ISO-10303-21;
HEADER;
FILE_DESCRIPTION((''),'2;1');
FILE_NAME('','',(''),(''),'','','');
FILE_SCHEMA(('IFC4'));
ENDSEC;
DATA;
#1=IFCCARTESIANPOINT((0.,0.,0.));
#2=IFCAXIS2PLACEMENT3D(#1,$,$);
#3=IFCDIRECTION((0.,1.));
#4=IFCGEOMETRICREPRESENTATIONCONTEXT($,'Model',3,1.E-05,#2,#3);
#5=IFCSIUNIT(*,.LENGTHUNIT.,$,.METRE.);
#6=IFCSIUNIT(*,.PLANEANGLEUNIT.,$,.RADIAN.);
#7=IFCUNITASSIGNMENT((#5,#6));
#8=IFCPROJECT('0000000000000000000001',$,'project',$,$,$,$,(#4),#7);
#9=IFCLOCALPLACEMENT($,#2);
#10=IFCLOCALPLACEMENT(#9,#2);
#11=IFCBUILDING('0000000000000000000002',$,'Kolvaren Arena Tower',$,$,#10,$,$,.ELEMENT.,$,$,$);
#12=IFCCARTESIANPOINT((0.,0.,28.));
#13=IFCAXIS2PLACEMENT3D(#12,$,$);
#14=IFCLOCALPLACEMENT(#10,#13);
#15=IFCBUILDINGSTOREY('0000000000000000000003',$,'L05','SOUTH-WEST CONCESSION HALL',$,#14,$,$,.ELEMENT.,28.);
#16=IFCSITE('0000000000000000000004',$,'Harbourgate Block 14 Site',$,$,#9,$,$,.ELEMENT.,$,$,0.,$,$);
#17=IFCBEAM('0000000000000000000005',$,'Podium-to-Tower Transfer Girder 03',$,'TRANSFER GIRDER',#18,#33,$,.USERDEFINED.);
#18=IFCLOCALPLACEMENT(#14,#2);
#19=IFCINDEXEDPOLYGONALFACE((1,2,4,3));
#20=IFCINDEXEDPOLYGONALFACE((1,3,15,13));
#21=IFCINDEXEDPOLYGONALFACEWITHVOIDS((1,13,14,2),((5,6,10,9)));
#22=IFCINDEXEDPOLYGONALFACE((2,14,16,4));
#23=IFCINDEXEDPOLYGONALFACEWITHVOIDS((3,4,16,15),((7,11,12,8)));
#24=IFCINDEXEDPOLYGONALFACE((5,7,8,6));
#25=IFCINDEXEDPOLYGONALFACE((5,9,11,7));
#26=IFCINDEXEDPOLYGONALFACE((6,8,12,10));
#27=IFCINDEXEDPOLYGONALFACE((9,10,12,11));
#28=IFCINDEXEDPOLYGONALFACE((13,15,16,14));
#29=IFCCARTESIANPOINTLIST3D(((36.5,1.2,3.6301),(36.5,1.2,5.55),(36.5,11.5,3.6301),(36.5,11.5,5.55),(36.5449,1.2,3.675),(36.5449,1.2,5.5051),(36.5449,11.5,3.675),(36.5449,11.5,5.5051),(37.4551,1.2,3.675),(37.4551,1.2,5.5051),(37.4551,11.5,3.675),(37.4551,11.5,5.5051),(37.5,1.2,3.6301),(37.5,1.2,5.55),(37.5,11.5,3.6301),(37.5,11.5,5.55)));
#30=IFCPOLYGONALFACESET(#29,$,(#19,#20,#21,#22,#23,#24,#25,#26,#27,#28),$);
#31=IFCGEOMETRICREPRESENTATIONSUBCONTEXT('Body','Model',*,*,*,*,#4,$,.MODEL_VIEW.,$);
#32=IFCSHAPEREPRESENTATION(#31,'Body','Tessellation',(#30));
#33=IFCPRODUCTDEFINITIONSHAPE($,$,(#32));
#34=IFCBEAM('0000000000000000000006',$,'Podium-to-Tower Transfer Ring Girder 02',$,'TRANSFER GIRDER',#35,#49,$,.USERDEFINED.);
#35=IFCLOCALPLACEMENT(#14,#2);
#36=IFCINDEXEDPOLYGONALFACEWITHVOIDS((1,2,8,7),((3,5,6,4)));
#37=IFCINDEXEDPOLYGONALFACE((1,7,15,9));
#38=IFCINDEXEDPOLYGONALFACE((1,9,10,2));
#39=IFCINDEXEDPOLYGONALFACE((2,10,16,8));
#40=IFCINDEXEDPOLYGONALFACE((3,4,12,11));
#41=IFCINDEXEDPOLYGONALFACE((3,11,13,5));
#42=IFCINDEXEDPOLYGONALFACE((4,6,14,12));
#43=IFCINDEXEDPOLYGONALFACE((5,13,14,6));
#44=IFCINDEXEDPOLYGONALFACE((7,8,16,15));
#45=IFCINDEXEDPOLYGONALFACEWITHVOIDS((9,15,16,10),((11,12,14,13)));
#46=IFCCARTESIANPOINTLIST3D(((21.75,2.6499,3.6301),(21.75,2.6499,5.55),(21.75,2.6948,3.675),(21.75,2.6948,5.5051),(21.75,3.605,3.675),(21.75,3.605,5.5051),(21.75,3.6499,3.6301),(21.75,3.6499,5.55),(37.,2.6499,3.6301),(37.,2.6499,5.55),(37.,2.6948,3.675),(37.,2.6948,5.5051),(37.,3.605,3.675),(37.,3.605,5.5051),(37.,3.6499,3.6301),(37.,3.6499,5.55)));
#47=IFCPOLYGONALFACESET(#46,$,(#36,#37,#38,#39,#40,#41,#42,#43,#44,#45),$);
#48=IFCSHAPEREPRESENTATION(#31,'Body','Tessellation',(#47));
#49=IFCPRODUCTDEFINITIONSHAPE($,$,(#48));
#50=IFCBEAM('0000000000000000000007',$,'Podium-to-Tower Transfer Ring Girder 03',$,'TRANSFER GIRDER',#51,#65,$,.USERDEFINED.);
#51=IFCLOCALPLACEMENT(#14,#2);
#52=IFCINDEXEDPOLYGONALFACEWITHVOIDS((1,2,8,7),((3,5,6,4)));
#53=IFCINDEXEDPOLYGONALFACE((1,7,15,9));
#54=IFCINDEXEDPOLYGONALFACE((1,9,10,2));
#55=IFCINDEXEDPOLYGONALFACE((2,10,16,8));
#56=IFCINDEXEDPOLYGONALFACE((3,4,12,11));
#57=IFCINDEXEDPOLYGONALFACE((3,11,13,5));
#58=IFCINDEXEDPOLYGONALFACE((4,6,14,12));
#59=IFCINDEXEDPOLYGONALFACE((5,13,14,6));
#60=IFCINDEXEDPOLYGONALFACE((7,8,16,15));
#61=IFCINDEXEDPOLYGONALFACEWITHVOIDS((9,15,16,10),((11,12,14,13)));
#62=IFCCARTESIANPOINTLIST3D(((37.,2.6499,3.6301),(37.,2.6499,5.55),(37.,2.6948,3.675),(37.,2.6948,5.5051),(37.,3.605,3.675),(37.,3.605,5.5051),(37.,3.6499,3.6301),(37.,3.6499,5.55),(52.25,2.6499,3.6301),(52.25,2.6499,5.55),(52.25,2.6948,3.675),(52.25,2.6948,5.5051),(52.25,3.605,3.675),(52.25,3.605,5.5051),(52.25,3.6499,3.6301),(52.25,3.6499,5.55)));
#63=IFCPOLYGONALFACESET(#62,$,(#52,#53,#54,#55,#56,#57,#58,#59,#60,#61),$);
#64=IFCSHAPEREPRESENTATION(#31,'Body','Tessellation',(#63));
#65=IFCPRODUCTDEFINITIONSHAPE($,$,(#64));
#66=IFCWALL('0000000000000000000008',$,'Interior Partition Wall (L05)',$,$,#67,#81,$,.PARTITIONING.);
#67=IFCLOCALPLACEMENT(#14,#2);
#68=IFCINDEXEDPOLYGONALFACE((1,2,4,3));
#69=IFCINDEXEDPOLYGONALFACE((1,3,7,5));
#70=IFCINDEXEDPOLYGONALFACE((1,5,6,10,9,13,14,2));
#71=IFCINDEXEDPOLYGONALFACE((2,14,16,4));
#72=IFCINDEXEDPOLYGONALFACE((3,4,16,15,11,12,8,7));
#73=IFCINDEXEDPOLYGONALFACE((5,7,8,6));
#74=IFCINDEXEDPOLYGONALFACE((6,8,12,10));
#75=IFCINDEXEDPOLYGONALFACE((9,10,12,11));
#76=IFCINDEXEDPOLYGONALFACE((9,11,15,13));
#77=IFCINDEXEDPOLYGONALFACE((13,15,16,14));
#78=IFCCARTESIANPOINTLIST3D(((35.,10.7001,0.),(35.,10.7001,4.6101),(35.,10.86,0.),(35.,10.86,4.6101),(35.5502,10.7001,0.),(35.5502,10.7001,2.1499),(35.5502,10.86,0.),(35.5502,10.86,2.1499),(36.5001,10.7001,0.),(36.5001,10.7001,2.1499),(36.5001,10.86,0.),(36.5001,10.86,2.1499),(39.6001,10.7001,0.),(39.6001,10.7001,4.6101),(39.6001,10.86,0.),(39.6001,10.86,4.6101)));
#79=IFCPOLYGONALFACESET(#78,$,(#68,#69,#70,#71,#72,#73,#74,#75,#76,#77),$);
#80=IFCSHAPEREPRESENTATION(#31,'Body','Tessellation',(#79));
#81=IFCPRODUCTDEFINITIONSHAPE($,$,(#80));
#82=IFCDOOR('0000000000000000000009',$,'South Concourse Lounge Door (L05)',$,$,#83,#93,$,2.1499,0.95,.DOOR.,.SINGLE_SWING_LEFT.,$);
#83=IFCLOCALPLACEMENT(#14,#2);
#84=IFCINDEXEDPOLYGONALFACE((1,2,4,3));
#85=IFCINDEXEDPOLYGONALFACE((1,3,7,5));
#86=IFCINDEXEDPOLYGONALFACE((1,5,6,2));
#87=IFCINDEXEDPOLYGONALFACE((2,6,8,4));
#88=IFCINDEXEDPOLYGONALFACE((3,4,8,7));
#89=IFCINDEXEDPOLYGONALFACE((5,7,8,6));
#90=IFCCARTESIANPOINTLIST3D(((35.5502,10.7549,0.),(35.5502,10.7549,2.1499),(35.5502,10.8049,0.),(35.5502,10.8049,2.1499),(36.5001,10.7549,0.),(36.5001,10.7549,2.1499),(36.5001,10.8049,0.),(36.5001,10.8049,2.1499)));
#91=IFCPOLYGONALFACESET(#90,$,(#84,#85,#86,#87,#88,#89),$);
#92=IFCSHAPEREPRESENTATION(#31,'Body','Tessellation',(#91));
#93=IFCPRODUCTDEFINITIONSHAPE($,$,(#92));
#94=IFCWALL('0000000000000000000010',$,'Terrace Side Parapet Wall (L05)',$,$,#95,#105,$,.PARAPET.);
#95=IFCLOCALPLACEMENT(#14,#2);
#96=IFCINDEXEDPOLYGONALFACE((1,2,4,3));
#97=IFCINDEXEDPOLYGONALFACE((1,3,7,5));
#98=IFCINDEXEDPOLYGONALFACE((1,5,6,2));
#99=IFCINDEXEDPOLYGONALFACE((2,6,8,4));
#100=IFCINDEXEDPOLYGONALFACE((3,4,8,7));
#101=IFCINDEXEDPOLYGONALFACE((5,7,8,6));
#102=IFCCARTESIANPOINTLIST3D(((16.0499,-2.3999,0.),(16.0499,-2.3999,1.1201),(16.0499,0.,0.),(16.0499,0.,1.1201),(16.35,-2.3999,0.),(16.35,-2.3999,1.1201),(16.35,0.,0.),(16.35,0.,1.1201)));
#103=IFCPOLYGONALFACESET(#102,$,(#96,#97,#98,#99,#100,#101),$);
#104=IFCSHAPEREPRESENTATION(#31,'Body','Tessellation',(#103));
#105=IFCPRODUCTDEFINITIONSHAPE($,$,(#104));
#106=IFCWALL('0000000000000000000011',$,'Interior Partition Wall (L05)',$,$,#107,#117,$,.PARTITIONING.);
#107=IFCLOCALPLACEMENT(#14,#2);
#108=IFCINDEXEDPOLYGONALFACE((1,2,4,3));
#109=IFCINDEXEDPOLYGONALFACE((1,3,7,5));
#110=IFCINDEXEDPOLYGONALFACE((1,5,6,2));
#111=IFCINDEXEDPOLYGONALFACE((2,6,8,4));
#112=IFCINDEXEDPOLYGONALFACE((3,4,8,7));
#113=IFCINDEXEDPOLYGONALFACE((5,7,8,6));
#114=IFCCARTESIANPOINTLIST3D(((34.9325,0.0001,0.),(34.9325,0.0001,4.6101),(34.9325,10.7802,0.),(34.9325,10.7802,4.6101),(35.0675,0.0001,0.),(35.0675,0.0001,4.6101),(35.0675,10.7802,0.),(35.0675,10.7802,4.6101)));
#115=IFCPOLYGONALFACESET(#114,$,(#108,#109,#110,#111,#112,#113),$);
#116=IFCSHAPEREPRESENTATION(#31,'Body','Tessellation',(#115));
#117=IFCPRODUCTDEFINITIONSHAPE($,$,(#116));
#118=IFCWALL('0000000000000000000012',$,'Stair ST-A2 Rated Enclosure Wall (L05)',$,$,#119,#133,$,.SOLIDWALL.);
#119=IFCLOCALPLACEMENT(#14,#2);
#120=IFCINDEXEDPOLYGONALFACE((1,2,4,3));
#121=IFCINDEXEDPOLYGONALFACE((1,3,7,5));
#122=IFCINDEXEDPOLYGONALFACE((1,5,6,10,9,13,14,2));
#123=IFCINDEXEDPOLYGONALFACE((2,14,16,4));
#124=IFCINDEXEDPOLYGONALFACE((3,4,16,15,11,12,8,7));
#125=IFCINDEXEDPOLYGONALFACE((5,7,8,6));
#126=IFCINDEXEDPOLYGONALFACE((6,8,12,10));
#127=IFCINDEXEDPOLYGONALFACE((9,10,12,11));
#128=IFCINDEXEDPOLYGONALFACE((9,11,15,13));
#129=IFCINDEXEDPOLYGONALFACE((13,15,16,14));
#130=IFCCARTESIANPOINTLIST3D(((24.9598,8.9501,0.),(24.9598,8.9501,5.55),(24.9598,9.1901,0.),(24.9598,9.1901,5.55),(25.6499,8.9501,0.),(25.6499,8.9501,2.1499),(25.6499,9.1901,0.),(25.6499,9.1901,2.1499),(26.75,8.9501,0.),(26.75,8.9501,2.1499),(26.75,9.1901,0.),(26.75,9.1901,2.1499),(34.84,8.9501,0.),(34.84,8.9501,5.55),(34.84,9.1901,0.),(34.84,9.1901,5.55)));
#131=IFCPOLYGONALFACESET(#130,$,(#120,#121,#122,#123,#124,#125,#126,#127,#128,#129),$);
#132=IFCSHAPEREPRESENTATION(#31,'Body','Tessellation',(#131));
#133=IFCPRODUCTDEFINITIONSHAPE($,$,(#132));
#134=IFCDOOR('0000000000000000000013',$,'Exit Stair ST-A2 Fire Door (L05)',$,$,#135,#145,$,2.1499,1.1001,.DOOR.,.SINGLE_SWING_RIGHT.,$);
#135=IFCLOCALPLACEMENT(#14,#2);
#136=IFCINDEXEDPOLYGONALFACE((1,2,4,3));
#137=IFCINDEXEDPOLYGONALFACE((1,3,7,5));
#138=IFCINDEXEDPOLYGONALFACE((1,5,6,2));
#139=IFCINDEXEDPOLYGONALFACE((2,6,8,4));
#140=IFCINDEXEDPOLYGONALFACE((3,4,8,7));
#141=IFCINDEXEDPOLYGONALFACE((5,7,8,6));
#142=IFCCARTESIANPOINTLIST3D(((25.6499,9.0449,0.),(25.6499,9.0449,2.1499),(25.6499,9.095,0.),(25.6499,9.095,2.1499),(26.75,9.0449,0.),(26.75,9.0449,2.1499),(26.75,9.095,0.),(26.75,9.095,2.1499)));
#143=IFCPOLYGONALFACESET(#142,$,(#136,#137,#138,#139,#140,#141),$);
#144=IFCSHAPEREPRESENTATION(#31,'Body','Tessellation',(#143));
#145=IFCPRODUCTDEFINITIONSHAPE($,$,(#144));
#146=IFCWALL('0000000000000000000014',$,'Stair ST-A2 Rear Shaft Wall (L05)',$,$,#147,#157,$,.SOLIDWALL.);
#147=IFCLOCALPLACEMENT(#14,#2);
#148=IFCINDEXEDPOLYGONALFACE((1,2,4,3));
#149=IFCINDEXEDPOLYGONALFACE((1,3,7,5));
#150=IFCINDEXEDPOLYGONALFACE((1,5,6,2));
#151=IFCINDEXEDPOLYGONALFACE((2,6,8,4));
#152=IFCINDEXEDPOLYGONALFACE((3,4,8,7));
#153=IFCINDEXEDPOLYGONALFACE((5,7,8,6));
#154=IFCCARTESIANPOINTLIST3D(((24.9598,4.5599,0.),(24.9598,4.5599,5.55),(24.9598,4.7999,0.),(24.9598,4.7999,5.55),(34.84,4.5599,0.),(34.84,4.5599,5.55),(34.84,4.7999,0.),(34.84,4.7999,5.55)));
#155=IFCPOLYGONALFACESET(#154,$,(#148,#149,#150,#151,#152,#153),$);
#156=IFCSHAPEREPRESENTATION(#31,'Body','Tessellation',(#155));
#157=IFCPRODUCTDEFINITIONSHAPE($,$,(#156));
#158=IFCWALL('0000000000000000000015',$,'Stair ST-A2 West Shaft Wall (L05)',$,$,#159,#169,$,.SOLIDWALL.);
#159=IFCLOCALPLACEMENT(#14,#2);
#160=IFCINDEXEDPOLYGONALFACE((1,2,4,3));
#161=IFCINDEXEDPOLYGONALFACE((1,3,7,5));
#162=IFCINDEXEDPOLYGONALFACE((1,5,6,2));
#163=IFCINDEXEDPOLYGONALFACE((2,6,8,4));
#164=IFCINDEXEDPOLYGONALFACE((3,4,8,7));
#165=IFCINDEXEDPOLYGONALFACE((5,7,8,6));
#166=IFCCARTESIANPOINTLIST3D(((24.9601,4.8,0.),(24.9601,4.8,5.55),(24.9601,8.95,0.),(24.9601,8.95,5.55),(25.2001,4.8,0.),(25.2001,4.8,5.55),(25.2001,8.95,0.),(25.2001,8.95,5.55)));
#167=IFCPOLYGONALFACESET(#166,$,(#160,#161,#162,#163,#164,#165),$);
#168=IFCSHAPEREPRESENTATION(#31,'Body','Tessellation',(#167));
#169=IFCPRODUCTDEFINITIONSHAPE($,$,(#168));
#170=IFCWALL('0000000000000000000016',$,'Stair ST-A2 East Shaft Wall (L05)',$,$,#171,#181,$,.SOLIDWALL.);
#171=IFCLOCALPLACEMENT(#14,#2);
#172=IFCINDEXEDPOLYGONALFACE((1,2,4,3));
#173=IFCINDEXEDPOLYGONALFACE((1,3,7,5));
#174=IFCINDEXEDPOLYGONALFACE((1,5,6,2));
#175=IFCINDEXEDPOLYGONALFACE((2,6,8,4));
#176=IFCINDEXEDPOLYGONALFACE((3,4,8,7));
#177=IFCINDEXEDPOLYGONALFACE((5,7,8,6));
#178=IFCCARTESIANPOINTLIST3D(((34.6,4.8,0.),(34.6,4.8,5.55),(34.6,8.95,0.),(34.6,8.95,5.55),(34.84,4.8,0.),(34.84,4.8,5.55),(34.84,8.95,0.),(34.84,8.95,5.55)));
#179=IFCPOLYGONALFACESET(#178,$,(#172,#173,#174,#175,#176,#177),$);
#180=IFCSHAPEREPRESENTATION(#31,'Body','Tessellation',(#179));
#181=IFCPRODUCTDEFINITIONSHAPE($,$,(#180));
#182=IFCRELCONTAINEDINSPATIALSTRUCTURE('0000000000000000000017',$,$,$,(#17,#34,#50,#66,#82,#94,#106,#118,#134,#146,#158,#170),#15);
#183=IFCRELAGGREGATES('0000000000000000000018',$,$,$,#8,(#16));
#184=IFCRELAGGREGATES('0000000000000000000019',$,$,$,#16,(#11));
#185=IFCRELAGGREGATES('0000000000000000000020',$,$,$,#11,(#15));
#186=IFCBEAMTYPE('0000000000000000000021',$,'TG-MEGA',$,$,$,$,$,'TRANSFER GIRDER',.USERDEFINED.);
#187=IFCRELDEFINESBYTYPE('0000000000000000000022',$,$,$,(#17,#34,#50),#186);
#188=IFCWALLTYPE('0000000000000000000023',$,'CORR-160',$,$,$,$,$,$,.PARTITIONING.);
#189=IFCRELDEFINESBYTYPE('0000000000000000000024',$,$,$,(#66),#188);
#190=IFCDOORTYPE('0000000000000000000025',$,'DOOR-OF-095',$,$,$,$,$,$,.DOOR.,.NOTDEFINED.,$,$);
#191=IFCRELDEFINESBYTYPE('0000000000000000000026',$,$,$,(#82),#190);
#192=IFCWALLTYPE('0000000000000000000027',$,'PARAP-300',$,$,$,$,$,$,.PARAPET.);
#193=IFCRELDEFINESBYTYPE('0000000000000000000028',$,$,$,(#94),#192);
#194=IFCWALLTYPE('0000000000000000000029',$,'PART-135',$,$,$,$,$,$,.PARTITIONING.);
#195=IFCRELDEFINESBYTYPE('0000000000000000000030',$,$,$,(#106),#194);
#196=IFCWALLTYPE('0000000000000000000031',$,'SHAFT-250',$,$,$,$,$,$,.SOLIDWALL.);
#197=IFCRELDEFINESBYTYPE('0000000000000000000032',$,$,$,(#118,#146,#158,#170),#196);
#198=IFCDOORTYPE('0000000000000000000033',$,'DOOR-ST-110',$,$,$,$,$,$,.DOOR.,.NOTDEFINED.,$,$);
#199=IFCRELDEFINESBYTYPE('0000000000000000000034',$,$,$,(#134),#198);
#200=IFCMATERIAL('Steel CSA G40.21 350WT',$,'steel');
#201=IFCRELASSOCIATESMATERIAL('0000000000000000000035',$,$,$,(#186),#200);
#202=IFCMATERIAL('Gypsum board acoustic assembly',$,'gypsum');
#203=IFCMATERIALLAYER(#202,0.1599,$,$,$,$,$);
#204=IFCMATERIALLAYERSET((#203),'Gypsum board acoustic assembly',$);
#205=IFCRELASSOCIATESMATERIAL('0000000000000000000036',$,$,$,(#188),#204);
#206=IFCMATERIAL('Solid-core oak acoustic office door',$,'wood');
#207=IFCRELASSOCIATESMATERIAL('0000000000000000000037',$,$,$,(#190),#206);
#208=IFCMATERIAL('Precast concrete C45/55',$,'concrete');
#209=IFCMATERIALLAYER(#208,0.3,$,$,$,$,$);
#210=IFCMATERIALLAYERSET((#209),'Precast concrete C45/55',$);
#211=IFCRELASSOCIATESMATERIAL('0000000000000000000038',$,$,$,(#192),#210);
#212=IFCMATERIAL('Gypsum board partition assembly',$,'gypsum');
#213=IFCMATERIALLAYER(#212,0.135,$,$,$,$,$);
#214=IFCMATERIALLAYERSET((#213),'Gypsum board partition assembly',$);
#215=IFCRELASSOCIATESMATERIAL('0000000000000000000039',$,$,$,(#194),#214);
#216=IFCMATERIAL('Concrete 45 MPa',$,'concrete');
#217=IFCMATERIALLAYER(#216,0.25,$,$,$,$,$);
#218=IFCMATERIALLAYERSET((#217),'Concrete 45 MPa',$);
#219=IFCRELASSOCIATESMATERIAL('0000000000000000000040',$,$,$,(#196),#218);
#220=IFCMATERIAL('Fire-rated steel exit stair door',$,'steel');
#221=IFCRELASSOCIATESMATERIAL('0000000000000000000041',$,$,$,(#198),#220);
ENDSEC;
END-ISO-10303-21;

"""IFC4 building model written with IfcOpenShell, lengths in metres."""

from ifc_helpers import new_model, si_unit, direction, frame, frame_2d, origin, origin_2d, place, context, subcontext, project, spatial, rectangle, hollow_rectangle, extrude, material, layer, layer_set, material_profile, profile_set, type_object, element, fill, save


model = new_model("IFC4")

# Units and contexts
model_context = context("Model", 3, precision=1e-05, world=origin(), true_north=direction((0.0, 1.0)))
body_context = subcontext(model_context, "Body", "Model", "MODEL_VIEW")
ifc_project = project(units=[si_unit("LENGTHUNIT", "METRE"), si_unit("PLANEANGLEUNIT", "RADIAN")], contexts=[model_context])

# Site, building, storey
site_placement = place(None, origin())
site = spatial("IfcSite", under=ifc_project, at=site_placement, Name="Harbourgate Block 14 Site", CompositionType="ELEMENT", RefElevation=0.0)
building_placement = place(site_placement, origin())
building = spatial("IfcBuilding", under=site, at=building_placement, Name="Kolvaren Arena Tower", CompositionType="ELEMENT")
storey_placement = place(building_placement, frame((0.0, 0.0, 28.0)))
storey = spatial("IfcBuildingStorey", under=building, at=storey_placement, Name="L05", Description="SOUTH-WEST CONCESSION HALL", CompositionType="ELEMENT", Elevation=28.0)

# Beams
ifc_material_1 = material(Name="Steel CSA G40.21 350WT", Category="steel")
ifc_material_profile_1 = material_profile(ifc_material_1, hollow_rectangle(XDim=1.0, YDim=1.9199, WallThickness=0.0449, at=origin_2d()), Name="BOX 1000x1920x45")
ifc_profile_set_1 = profile_set([ifc_material_profile_1], Name="Steel CSA G40.21 350WT")
beam_type_1 = type_object("IfcBeamType", Name="TG-MEGA", ElementType="TRANSFER GIRDER", PredefinedType="USERDEFINED", material=ifc_profile_set_1)
for number, where, z_axis, x_axis, name in (
    (1, (37.0, 1.2, 4.5901), (0.0, 1.0, 0.0), (-1.0, 0.0, 0.0), "Podium-to-Tower Transfer Girder 03"),
):
    element("IfcBeam", number, at=place(storey_placement, frame(where, z_axis=z_axis, x_axis=x_axis)), inside=storey, type_object=beam_type_1, Name=name, ObjectType="TRANSFER GIRDER", PredefinedType="USERDEFINED", context=body_context, shape_type="SweptSolid", body=[
        extrude(hollow_rectangle(XDim=1.0, YDim=1.9199, WallThickness=0.0449, at=origin_2d()), origin(), (0.0, 0.0, 1.0), 10.3),
    ])
for number, where, z_axis, x_axis, name in (
    (2, (21.75, 3.1499, 4.5901), (1.0, 0.0, 0.0), (0.0, 1.0, 0.0), "Podium-to-Tower Transfer Ring Girder 02"),
    (3, (37.0, 3.1499, 4.5901), (1.0, 0.0, 0.0), (0.0, 1.0, 0.0), "Podium-to-Tower Transfer Ring Girder 03"),
):
    element("IfcBeam", number, at=place(storey_placement, frame(where, z_axis=z_axis, x_axis=x_axis)), inside=storey, type_object=beam_type_1, Name=name, ObjectType="TRANSFER GIRDER", PredefinedType="USERDEFINED", context=body_context, shape_type="SweptSolid", body=[
        extrude(hollow_rectangle(XDim=1.0, YDim=1.9199, WallThickness=0.0449, at=origin_2d()), origin(), (0.0, 0.0, 1.0), 15.25),
    ])

# Wall, opening, door
ifc_material_2 = material(Name="Gypsum board acoustic assembly", Category="gypsum")
ifc_layer_1 = layer(ifc_material_2, 0.1599)
ifc_layer_set_1 = layer_set([ifc_layer_1], Name="Gypsum board acoustic assembly")
wall_type_1 = type_object("IfcWallType", Name="CORR-160", PredefinedType="PARTITIONING", material=ifc_layer_set_1)
wall_1_placement = place(storey_placement, frame((35.0, 10.78, 0.0), z_axis=(0.0, 0.0, 1.0), x_axis=(1.0, 0.0, 0.0)))
wall_1 = element("IfcWall", 4, at=wall_1_placement, inside=storey, type_object=wall_type_1, Name="Interior Partition Wall (L05)", PredefinedType="PARTITIONING", context=body_context, shape_type="SweptSolid", body=[
    extrude(rectangle(XDim=4.6001, YDim=0.1599, at=frame_2d((2.3, 0.0))), origin(), (0.0, 0.0, 1.0), 4.6101),
])
opening_1_placement = place(wall_1_placement, frame((0.55, 0.0, 0.0)))
opening_1 = element("IfcOpeningElement", 5, at=opening_1_placement, cuts=wall_1, PredefinedType="OPENING", context=body_context, shape_type="SweptSolid", body=[
    extrude(rectangle(XDim=0.95, YDim=2.1499, at=frame_2d((0.4751, 1.075))), frame((0.0, 0.0898, 0.0), z_axis=(0.0, -1.0, 0.0), x_axis=(1.0, 0.0, 0.0)), (0.0, 0.0, 1.0), 0.1799),
])
ifc_material_3 = material(Name="Solid-core oak acoustic office door", Category="wood")
door_type_1 = type_object("IfcDoorType", Name="DOOR-OF-095", OperationType="NOTDEFINED", PredefinedType="DOOR", material=ifc_material_3)
door_1_placement = place(opening_1_placement, origin())
door_1 = element("IfcDoor", 6, at=door_1_placement, inside=storey, type_object=door_type_1, Name="South Concourse Lounge Door (L05)", OperationType="SINGLE_SWING_LEFT", OverallHeight=2.1499, OverallWidth=0.95, PredefinedType="DOOR", context=body_context, shape_type="SweptSolid", body=[
    extrude(rectangle(XDim=0.95, YDim=2.1499, at=frame_2d((0.4751, 1.075))), frame((0.0, 0.0249, 0.0), z_axis=(0.0, -1.0, 0.0), x_axis=(1.0, 0.0, 0.0)), (0.0, 0.0, 1.0), 0.05),
])
fill(opening_1, door_1)

# Walls
ifc_material_4 = material(Name="Precast concrete C45/55", Category="concrete")
ifc_layer_2 = layer(ifc_material_4, 0.3)
ifc_layer_set_2 = layer_set([ifc_layer_2], Name="Precast concrete C45/55")
wall_type_2 = type_object("IfcWallType", Name="PARAP-300", PredefinedType="PARAPET", material=ifc_layer_set_2)
wall_2_placement = place(storey_placement, frame((16.2, 0.0, 0.0), z_axis=(0.0, 0.0, 1.0), x_axis=(0.0, -1.0, 0.0)))
element("IfcWall", 7, at=wall_2_placement, inside=storey, type_object=wall_type_2, Name="Terrace Side Parapet Wall (L05)", PredefinedType="PARAPET", context=body_context, shape_type="SweptSolid", body=[
    extrude(rectangle(XDim=2.3999, YDim=0.3, at=frame_2d((1.2, 0.0))), origin(), (0.0, 0.0, 1.0), 1.1201),
])
ifc_material_5 = material(Name="Gypsum board partition assembly", Category="gypsum")
ifc_layer_3 = layer(ifc_material_5, 0.135)
ifc_layer_set_3 = layer_set([ifc_layer_3], Name="Gypsum board partition assembly")
wall_type_3 = type_object("IfcWallType", Name="PART-135", PredefinedType="PARTITIONING", material=ifc_layer_set_3)
wall_3_placement = place(storey_placement, frame((35.0, 0.0, 0.0), z_axis=(0.0, 0.0, 1.0), x_axis=(0.0, 1.0, 0.0)))
element("IfcWall", 8, at=wall_3_placement, inside=storey, type_object=wall_type_3, Name="Interior Partition Wall (L05)", PredefinedType="PARTITIONING", context=body_context, shape_type="SweptSolid", body=[
    extrude(rectangle(XDim=10.78, YDim=0.135, at=frame_2d((5.3901, 0.0))), origin(), (0.0, 0.0, 1.0), 4.6101),
])

# Wall, opening, door
ifc_material_6 = material(Name="Concrete 45 MPa", Category="concrete")
ifc_layer_4 = layer(ifc_material_6, 0.25)
ifc_layer_set_4 = layer_set([ifc_layer_4], Name="Concrete 45 MPa")
wall_type_4 = type_object("IfcWallType", Name="SHAFT-250", PredefinedType="SOLIDWALL", material=ifc_layer_set_4)
wall_4_placement = place(storey_placement, frame((24.96, 9.0701, 0.0), z_axis=(0.0, 0.0, 1.0), x_axis=(1.0, 0.0, 0.0)))
wall_4 = element("IfcWall", 9, at=wall_4_placement, inside=storey, type_object=wall_type_4, Name="Stair ST-A2 Rated Enclosure Wall (L05)", PredefinedType="SOLIDWALL", context=body_context, shape_type="SweptSolid", body=[
    extrude(rectangle(XDim=9.8801, YDim=0.24, at=frame_2d((4.9399, 0.0))), origin(), (0.0, 0.0, 1.0), 5.55),
])
opening_2_placement = place(wall_4_placement, frame((0.6899, 0.0, 0.0)))
opening_2 = element("IfcOpeningElement", 10, at=opening_2_placement, cuts=wall_4, PredefinedType="OPENING", context=body_context, shape_type="SweptSolid", body=[
    extrude(rectangle(XDim=1.1001, YDim=2.1499, at=frame_2d((0.55, 1.075))), frame((0.0, 0.1299, 0.0), z_axis=(0.0, -1.0, 0.0), x_axis=(1.0, 0.0, 0.0)), (0.0, 0.0, 1.0), 0.26),
])
ifc_material_7 = material(Name="Fire-rated steel exit stair door", Category="steel")
door_type_2 = type_object("IfcDoorType", Name="DOOR-ST-110", OperationType="NOTDEFINED", PredefinedType="DOOR", material=ifc_material_7)
door_2_placement = place(opening_2_placement, origin())
door_2 = element("IfcDoor", 11, at=door_2_placement, inside=storey, type_object=door_type_2, Name="Exit Stair ST-A2 Fire Door (L05)", OperationType="SINGLE_SWING_RIGHT", OverallHeight=2.1499, OverallWidth=1.1001, PredefinedType="DOOR", context=body_context, shape_type="SweptSolid", body=[
    extrude(rectangle(XDim=1.1001, YDim=2.1499, at=frame_2d((0.55, 1.075))), frame((0.0, 0.0249, 0.0), z_axis=(0.0, -1.0, 0.0), x_axis=(1.0, 0.0, 0.0)), (0.0, 0.0, 1.0), 0.05),
])
fill(opening_2, door_2)

# Walls
wall_5_placement = place(storey_placement, frame((24.96, 4.6799, 0.0), z_axis=(0.0, 0.0, 1.0), x_axis=(1.0, 0.0, 0.0)))
element("IfcWall", 12, at=wall_5_placement, inside=storey, type_object=wall_type_4, Name="Stair ST-A2 Rear Shaft Wall (L05)", PredefinedType="SOLIDWALL", context=body_context, shape_type="SweptSolid", body=[
    extrude(rectangle(XDim=9.8801, YDim=0.24, at=frame_2d((4.9399, 0.0))), origin(), (0.0, 0.0, 1.0), 5.55),
])
for number, where, z_axis, x_axis, name in (
    (13, (25.0801, 4.8, 0.0), (0.0, 0.0, 1.0), (0.0, 1.0, 0.0), "Stair ST-A2 West Shaft Wall (L05)"),
    (14, (34.72, 4.8, 0.0), (0.0, 0.0, 1.0), (0.0, 1.0, 0.0), "Stair ST-A2 East Shaft Wall (L05)"),
):
    element("IfcWall", number, at=place(storey_placement, frame(where, z_axis=z_axis, x_axis=x_axis)), inside=storey, type_object=wall_type_4, Name=name, PredefinedType="SOLIDWALL", context=body_context, shape_type="SweptSolid", body=[
        extrude(rectangle(XDim=4.1499, YDim=0.24, at=frame_2d((2.075, 0.0))), origin(), (0.0, 0.0, 1.0), 5.55),
    ])

save(model, "model.ifc")
